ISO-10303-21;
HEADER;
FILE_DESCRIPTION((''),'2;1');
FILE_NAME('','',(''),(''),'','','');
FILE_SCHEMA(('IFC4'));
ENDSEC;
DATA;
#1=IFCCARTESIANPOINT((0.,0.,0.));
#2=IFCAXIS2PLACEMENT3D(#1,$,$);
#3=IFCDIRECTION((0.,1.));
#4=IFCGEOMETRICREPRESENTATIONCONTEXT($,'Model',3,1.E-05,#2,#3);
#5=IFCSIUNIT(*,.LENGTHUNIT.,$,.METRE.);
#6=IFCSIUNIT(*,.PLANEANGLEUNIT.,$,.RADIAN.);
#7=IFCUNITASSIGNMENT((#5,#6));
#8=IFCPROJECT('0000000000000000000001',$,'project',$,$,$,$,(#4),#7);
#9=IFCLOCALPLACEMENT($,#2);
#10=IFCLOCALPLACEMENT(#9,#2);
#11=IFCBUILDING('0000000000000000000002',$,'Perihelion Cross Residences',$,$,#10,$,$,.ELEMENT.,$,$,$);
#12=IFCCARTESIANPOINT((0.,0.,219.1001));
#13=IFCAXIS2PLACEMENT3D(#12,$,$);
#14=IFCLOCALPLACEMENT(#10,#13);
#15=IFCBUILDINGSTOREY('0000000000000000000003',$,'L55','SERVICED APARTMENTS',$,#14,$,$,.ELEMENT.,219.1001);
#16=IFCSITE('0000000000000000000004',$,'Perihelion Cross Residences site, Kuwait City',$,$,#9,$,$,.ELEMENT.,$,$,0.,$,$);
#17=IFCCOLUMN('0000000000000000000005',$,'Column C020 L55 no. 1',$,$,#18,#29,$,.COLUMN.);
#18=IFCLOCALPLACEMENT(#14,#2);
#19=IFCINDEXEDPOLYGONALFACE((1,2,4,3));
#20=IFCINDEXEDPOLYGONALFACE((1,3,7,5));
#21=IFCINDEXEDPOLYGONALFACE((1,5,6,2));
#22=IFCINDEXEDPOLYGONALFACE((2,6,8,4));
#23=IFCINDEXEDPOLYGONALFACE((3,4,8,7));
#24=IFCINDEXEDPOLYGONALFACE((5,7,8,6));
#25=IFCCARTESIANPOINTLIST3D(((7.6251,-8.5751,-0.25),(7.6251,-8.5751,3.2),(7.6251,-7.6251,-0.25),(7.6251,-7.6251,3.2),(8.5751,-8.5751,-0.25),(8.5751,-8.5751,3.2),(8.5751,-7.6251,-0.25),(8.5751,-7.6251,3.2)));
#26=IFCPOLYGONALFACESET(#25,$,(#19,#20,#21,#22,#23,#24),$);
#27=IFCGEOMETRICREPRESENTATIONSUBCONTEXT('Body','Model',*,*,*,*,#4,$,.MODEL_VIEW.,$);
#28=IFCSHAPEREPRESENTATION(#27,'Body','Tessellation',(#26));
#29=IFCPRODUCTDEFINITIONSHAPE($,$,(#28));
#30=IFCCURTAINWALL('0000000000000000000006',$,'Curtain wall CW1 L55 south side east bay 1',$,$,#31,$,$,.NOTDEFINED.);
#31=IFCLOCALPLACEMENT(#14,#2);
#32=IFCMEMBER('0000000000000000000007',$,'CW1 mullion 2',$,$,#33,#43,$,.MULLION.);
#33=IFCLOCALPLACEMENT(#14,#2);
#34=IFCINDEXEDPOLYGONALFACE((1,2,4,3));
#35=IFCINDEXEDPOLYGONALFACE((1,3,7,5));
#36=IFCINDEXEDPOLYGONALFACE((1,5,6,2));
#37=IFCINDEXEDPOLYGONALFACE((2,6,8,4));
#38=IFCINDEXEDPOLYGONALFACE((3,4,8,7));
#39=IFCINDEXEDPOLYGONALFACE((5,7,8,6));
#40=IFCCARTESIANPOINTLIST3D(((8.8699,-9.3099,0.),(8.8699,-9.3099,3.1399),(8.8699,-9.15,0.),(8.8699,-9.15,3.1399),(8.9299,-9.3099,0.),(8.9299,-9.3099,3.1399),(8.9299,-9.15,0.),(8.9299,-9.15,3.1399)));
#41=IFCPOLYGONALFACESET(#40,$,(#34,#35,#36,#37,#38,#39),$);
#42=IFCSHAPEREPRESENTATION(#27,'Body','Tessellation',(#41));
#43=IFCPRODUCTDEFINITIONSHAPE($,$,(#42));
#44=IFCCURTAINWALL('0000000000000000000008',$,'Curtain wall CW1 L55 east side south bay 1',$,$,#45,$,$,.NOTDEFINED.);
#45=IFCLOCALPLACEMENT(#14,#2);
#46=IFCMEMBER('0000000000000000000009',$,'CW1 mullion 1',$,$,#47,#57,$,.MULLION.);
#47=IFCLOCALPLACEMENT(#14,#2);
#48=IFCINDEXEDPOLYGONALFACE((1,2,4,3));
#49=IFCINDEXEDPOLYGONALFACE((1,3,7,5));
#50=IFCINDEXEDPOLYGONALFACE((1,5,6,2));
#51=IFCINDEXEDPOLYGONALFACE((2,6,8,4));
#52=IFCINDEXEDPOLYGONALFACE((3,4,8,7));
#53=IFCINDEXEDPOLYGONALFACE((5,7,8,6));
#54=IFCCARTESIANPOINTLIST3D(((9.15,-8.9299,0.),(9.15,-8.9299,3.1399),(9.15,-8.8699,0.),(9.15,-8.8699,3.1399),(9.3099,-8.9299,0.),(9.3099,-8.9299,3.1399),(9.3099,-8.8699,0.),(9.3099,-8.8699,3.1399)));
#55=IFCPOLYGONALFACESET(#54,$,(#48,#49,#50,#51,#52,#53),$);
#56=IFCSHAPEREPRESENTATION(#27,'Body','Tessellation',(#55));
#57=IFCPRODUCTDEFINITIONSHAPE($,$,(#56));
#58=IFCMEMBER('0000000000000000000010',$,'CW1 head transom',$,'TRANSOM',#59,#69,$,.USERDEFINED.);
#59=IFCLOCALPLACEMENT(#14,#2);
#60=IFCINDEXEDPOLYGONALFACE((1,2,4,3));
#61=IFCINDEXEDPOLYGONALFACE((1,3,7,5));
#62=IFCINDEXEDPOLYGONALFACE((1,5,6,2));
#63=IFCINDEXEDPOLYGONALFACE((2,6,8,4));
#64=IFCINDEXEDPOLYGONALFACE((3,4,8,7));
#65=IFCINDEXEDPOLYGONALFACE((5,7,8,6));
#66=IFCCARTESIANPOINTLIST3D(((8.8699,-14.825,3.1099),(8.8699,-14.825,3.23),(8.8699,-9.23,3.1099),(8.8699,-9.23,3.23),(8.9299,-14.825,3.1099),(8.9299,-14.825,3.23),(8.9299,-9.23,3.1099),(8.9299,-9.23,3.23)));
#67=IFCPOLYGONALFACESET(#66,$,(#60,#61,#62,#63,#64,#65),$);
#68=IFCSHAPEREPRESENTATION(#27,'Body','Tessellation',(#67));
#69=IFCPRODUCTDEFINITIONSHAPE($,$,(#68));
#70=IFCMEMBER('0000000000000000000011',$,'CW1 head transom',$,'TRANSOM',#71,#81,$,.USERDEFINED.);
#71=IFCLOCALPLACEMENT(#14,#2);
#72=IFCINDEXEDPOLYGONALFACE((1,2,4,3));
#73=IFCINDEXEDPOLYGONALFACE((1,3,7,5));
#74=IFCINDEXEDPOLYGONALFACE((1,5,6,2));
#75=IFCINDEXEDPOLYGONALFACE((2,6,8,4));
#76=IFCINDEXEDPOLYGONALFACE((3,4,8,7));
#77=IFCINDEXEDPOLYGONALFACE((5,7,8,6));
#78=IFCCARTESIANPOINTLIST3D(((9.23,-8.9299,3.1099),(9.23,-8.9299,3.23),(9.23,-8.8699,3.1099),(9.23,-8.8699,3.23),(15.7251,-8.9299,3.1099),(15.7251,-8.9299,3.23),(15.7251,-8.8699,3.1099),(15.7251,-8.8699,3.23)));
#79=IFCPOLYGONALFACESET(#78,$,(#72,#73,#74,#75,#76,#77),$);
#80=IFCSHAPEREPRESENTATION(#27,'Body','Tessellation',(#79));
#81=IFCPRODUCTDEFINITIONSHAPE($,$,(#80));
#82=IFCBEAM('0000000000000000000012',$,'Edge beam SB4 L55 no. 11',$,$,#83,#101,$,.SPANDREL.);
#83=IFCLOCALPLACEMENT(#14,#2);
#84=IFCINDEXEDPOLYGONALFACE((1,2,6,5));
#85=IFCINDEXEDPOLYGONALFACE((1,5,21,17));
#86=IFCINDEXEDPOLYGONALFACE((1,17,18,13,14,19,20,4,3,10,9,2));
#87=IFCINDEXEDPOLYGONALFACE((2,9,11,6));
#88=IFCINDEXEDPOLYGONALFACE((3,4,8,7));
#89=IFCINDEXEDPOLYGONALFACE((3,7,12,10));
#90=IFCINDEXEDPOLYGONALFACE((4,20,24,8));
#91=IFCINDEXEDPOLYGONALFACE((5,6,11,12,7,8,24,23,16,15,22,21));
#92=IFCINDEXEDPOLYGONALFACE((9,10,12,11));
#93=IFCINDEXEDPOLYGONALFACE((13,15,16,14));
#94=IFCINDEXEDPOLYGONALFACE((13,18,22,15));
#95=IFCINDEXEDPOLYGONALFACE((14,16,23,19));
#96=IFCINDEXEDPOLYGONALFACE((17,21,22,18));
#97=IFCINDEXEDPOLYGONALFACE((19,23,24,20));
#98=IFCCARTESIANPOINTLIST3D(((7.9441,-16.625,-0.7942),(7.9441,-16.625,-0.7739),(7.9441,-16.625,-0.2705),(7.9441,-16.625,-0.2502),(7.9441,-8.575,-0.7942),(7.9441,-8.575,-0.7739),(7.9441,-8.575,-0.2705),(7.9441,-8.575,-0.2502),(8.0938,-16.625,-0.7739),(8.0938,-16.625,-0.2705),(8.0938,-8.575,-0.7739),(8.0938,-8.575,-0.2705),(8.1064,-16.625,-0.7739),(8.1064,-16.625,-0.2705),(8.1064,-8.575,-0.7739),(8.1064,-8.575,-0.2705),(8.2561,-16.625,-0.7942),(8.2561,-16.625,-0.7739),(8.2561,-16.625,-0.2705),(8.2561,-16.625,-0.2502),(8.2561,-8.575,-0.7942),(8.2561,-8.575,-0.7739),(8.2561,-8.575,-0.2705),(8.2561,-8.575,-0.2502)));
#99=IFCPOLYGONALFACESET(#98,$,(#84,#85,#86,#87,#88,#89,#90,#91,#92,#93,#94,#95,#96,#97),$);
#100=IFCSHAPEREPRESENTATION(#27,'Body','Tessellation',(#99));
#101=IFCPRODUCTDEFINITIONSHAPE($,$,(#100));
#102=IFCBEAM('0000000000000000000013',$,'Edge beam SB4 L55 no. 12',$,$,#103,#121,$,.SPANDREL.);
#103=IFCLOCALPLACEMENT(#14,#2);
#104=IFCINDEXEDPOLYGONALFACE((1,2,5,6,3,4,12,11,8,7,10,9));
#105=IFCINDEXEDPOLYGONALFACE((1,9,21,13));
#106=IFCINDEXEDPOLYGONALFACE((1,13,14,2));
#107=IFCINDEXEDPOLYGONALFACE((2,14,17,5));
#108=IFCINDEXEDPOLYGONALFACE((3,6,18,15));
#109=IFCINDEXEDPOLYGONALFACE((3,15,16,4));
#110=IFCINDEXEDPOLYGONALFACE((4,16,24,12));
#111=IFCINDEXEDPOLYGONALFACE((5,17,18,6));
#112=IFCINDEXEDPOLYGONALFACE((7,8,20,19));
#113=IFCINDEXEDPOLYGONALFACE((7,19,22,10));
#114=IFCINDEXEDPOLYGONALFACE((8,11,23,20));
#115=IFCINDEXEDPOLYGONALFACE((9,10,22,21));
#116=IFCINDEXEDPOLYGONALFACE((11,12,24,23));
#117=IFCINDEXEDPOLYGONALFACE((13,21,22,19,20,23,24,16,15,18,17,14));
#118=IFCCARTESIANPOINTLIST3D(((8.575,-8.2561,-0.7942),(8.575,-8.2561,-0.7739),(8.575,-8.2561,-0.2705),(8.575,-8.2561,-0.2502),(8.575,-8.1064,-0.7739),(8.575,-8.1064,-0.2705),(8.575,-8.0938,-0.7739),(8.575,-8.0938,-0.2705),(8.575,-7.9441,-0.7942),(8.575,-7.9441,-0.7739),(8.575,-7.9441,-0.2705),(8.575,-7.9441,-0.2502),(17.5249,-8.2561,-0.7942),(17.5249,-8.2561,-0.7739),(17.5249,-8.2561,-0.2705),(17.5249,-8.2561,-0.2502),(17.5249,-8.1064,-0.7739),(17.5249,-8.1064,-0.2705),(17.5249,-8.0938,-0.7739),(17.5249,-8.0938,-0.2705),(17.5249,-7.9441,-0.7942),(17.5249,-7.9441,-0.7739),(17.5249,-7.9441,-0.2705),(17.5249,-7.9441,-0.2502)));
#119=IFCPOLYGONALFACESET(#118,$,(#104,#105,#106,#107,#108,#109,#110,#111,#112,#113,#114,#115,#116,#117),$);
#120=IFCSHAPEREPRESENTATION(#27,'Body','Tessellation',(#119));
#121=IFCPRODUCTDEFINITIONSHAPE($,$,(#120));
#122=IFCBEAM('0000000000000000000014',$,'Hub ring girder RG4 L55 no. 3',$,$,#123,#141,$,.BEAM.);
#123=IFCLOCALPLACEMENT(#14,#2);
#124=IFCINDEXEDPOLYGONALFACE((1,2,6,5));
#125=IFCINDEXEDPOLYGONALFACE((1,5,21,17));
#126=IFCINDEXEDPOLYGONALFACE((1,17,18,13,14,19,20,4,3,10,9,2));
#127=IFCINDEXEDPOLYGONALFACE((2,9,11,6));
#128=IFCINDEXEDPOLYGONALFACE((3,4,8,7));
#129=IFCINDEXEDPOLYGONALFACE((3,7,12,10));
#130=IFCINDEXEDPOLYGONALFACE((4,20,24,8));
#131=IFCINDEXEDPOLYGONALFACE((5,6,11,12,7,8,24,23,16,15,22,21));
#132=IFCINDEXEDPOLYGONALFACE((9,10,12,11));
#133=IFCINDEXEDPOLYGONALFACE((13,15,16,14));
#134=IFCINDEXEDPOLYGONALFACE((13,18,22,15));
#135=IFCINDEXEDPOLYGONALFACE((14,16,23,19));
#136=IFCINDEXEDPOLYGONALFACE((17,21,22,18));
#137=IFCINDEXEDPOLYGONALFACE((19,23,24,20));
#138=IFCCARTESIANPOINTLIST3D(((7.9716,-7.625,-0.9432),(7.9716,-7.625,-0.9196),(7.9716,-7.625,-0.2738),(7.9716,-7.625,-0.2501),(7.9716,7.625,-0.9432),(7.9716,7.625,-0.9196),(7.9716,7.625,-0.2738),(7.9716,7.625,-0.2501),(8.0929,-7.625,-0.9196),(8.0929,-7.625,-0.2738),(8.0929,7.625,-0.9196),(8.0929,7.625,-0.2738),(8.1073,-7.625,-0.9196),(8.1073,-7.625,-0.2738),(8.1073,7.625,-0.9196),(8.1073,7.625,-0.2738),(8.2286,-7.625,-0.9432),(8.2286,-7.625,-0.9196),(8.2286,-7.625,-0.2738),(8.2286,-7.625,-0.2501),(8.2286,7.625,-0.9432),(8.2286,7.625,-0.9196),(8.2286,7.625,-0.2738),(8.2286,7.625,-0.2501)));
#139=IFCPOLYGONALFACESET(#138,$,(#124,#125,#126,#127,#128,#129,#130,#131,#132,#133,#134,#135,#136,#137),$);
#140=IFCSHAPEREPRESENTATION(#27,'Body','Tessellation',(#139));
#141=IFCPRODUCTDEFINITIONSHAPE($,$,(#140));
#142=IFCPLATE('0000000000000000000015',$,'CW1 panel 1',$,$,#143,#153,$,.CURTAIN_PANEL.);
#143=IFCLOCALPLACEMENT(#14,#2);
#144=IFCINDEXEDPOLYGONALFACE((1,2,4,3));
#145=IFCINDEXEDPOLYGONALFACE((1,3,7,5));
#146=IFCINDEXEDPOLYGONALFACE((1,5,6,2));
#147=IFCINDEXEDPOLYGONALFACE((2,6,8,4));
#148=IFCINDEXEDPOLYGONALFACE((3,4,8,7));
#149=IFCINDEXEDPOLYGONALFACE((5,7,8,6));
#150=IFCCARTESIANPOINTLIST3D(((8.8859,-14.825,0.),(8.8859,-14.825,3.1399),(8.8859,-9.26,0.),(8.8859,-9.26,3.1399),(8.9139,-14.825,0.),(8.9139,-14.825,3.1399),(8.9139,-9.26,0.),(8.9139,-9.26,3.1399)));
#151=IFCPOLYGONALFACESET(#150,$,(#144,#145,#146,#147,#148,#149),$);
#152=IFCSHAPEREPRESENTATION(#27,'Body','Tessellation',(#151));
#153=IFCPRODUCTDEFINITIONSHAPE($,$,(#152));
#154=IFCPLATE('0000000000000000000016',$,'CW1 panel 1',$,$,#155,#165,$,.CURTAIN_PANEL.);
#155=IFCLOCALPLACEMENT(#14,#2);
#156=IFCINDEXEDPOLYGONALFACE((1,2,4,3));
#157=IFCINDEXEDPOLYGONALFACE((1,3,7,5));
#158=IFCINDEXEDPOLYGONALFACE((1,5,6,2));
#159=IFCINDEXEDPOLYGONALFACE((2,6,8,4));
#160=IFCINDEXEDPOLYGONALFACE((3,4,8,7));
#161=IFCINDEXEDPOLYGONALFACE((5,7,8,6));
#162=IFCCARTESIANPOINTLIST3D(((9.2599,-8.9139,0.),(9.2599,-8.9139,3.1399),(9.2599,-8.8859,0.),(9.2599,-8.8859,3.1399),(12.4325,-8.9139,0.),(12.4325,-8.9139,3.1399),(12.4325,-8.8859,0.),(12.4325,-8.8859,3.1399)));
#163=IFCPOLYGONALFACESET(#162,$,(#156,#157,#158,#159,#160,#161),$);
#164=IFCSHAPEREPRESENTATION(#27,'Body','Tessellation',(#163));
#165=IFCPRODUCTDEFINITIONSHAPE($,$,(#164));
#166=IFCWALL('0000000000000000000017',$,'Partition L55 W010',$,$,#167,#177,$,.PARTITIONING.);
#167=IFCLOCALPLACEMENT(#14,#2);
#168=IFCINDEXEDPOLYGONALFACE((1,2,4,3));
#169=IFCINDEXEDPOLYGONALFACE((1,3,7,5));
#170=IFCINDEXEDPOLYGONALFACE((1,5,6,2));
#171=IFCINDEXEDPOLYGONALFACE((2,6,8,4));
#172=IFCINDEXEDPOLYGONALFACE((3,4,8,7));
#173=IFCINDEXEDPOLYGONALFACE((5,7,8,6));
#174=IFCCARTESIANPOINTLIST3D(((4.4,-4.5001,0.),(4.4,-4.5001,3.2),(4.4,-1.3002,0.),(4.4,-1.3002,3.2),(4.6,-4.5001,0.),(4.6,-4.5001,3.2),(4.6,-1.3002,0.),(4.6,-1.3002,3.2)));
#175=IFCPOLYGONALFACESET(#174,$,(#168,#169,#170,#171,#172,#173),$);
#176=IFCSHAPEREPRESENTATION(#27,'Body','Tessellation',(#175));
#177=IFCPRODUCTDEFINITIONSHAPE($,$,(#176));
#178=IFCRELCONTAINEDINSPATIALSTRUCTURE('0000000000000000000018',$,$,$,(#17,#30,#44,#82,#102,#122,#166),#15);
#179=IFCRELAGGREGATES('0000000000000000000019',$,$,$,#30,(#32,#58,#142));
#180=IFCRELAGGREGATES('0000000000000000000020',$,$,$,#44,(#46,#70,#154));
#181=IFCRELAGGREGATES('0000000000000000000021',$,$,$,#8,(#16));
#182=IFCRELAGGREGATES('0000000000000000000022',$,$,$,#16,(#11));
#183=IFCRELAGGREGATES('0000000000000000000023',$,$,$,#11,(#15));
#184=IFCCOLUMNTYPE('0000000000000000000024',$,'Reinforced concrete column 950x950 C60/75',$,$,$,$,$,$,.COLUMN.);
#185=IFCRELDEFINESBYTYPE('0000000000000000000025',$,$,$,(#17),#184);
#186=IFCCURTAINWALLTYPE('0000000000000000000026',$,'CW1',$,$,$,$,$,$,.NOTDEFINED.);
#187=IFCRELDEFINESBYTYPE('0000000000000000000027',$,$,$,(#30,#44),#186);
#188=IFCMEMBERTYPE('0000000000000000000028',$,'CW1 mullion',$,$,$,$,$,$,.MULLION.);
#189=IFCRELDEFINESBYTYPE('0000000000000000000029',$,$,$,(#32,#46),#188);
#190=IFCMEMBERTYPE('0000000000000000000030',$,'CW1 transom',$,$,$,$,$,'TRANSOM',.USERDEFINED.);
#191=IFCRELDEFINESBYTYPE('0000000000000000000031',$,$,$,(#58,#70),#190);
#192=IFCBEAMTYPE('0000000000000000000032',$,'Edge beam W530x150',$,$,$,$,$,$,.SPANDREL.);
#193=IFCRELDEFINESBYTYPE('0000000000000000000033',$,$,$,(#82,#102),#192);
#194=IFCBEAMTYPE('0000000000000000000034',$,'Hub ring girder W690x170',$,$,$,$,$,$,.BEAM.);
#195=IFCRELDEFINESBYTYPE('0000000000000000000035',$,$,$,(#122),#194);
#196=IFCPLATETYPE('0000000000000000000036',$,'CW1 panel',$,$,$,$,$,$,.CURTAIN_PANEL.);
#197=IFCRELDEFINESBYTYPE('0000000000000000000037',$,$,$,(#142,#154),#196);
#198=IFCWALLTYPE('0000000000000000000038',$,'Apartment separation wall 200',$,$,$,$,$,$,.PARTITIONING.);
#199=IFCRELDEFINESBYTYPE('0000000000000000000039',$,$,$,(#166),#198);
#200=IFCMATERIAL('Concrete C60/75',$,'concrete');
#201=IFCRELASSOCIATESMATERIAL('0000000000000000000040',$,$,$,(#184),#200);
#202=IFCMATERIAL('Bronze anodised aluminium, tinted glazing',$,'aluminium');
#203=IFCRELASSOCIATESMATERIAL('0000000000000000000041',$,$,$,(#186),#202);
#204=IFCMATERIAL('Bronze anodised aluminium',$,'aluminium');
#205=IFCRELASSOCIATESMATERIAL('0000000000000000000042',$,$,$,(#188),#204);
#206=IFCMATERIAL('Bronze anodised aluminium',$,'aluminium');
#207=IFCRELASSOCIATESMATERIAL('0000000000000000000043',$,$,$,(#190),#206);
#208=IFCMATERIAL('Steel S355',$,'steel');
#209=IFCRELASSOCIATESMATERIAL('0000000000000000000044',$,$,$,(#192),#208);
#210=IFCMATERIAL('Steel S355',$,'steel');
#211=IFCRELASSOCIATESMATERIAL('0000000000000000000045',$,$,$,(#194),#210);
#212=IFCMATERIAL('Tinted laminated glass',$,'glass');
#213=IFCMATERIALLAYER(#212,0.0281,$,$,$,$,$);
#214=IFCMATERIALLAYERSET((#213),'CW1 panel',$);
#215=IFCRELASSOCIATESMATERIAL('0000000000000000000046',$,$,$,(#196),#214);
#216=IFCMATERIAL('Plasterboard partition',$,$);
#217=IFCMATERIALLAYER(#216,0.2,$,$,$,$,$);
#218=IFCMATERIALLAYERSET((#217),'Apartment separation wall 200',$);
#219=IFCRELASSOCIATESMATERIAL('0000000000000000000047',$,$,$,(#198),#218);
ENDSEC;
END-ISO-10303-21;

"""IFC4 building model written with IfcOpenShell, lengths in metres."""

from ifc_helpers import new_model, si_unit, direction, frame, frame_2d, origin, origin_2d, place, context, subcontext, project, spatial, rectangle, i_section, extrude, material, layer, layer_set, material_profile, profile_set, type_object, element, aggregate, save


model = new_model("IFC4")

# Units and contexts
model_context = context("Model", 3, precision=1e-05, world=origin(), true_north=direction((0.0, 1.0)))
body_context = subcontext(model_context, "Body", "Model", "MODEL_VIEW")
ifc_project = project(units=[si_unit("LENGTHUNIT", "METRE"), si_unit("PLANEANGLEUNIT", "RADIAN")], contexts=[model_context])

# Site, building, storey
site_placement = place(None, origin())
site = spatial("IfcSite", under=ifc_project, at=site_placement, Name="Perihelion Cross Residences site, Kuwait City", CompositionType="ELEMENT", RefElevation=0.0)
building_placement = place(site_placement, origin())
building = spatial("IfcBuilding", under=site, at=building_placement, Name="Perihelion Cross Residences", CompositionType="ELEMENT")
storey_placement = place(building_placement, frame((0.0, 0.0, 219.1001)))
storey = spatial("IfcBuildingStorey", under=building, at=storey_placement, Name="L55", Description="SERVICED APARTMENTS", CompositionType="ELEMENT", Elevation=219.1001)

# Column
ifc_material_1 = material(Name="Concrete C60/75", Category="concrete")
ifc_material_profile_1 = material_profile(ifc_material_1, rectangle(XDim=0.95, YDim=0.95, at=origin_2d()), Name="RC 950x950")
ifc_profile_set_1 = profile_set([ifc_material_profile_1], Name="Concrete C60/75")
column_type = type_object("IfcColumnType", Name="Reinforced concrete column 950x950 C60/75", PredefinedType="COLUMN", material=ifc_profile_set_1)
column_placement = place(storey_placement, frame((8.1001, -8.1001, -0.25), z_axis=(0.0, 0.0, 1.0), x_axis=(1.0, 0.0, 0.0)))
element("IfcColumn", 1, at=column_placement, inside=storey, type_object=column_type, Name="Column C020 L55 no. 1", PredefinedType="COLUMN", context=body_context, shape_type="SweptSolid", body=[
    extrude(rectangle(XDim=0.95, YDim=0.95, at=origin_2d()), origin(), (0.0, 0.0, 1.0), 3.45),
])

# Curtain walls, members
ifc_material_2 = material(Name="Bronze anodised aluminium, tinted glazing", Category="aluminium")
curtain_wall_type = type_object("IfcCurtainWallType", Name="CW1", PredefinedType="NOTDEFINED", material=ifc_material_2)
curtain_wall_1_placement = place(storey_placement, origin())
curtain_wall_1 = element("IfcCurtainWall", 2, at=curtain_wall_1_placement, inside=storey, type_object=curtain_wall_type, Name="Curtain wall CW1 L55 south side east bay 1", PredefinedType="NOTDEFINED")
ifc_material_3 = material(Name="Bronze anodised aluminium", Category="aluminium")
ifc_material_profile_2 = material_profile(ifc_material_3, rectangle(XDim=0.0601, YDim=0.1599, at=origin_2d()), Name="CW1 mullion")
ifc_profile_set_2 = profile_set([ifc_material_profile_2], Name="Bronze anodised aluminium")
member_type_1 = type_object("IfcMemberType", Name="CW1 mullion", PredefinedType="MULLION", material=ifc_profile_set_2)
member_1_placement = place(storey_placement, frame((8.8999, -9.23, 0.0), z_axis=(0.0, 0.0, 1.0), x_axis=(-1.0, 0.0, 0.0)))
member_1 = element("IfcMember", 3, at=member_1_placement, type_object=member_type_1, Name="CW1 mullion 2", PredefinedType="MULLION", context=body_context, shape_type="SweptSolid", body=[
    extrude(rectangle(XDim=0.0601, YDim=0.1599, at=origin_2d()), origin(), (0.0, 0.0, 1.0), 3.1399),
])
curtain_wall_2_placement = place(storey_placement, origin())
curtain_wall_2 = element("IfcCurtainWall", 4, at=curtain_wall_2_placement, inside=storey, type_object=curtain_wall_type, Name="Curtain wall CW1 L55 east side south bay 1", PredefinedType="NOTDEFINED")
member_2_placement = place(storey_placement, frame((9.23, -8.8999, 0.0), z_axis=(0.0, 0.0, 1.0), x_axis=(0.0, 1.0, 0.0)))
member_2 = element("IfcMember", 5, at=member_2_placement, type_object=member_type_1, Name="CW1 mullion 1", PredefinedType="MULLION", context=body_context, shape_type="SweptSolid", body=[
    extrude(rectangle(XDim=0.0601, YDim=0.1599, at=origin_2d()), origin(), (0.0, 0.0, 1.0), 3.1399),
])

# Members
ifc_material_4 = material(Name="Bronze anodised aluminium", Category="aluminium")
ifc_material_profile_3 = material_profile(ifc_material_4, rectangle(XDim=0.0601, YDim=0.1201, at=origin_2d()), Name="CW1 transom")
ifc_profile_set_3 = profile_set([ifc_material_profile_3], Name="Bronze anodised aluminium")
member_type_2 = type_object("IfcMemberType", Name="CW1 transom", ElementType="TRANSOM", PredefinedType="USERDEFINED", material=ifc_profile_set_3)
member_3_placement = place(storey_placement, frame((8.8999, -14.825, 3.1699), z_axis=(0.0, 1.0, 0.0), x_axis=(-1.0, 0.0, 0.0)))
member_3 = element("IfcMember", 6, at=member_3_placement, type_object=member_type_2, Name="CW1 head transom", ObjectType="TRANSOM", PredefinedType="USERDEFINED", context=body_context, shape_type="SweptSolid", body=[
    extrude(rectangle(XDim=0.0601, YDim=0.1201, at=origin_2d()), origin(), (0.0, 0.0, 1.0), 5.595),
])
member_4_placement = place(storey_placement, frame((9.23, -8.8999, 3.1699), z_axis=(1.0, 0.0, 0.0), x_axis=(0.0, 1.0, 0.0)))
member_4 = element("IfcMember", 7, at=member_4_placement, type_object=member_type_2, Name="CW1 head transom", ObjectType="TRANSOM", PredefinedType="USERDEFINED", context=body_context, shape_type="SweptSolid", body=[
    extrude(rectangle(XDim=0.0601, YDim=0.1201, at=origin_2d()), origin(), (0.0, 0.0, 1.0), 6.4951),
])

# Beams
ifc_material_5 = material(Name="Steel S355", Category="steel")
ifc_material_profile_4 = material_profile(ifc_material_5, i_section(OverallWidth=0.312, OverallDepth=0.5439, WebThickness=0.0127, FlangeThickness=0.0203, at=origin_2d()), Name="W530x150")
ifc_profile_set_4 = profile_set([ifc_material_profile_4], Name="Steel S355")
beam_type_1 = type_object("IfcBeamType", Name="Edge beam W530x150", PredefinedType="SPANDREL", material=ifc_profile_set_4)
beam_1_placement = place(storey_placement, frame((8.1001, -16.625, -0.5222), z_axis=(0.0, 1.0, 0.0), x_axis=(-1.0, 0.0, 0.0)))
element("IfcBeam", 8, at=beam_1_placement, inside=storey, type_object=beam_type_1, Name="Edge beam SB4 L55 no. 11", PredefinedType="SPANDREL", context=body_context, shape_type="SweptSolid", body=[
    extrude(i_section(OverallWidth=0.312, OverallDepth=0.5439, WebThickness=0.0127, FlangeThickness=0.0203, at=origin_2d()), origin(), (0.0, 0.0, 1.0), 8.05),
])
beam_2_placement = place(storey_placement, frame((8.575, -8.1001, -0.5222), z_axis=(1.0, 0.0, 0.0), x_axis=(0.0, 1.0, 0.0)))
element("IfcBeam", 9, at=beam_2_placement, inside=storey, type_object=beam_type_1, Name="Edge beam SB4 L55 no. 12", PredefinedType="SPANDREL", context=body_context, shape_type="SweptSolid", body=[
    extrude(i_section(OverallWidth=0.312, OverallDepth=0.5439, WebThickness=0.0127, FlangeThickness=0.0203, at=origin_2d()), origin(), (0.0, 0.0, 1.0), 8.95),
])
ifc_material_6 = material(Name="Steel S355", Category="steel")
ifc_material_profile_5 = material_profile(ifc_material_6, i_section(OverallWidth=0.2571, OverallDepth=0.6931, WebThickness=0.0144, FlangeThickness=0.0237, at=origin_2d()), Name="W690x170")
ifc_profile_set_5 = profile_set([ifc_material_profile_5], Name="Steel S355")
beam_type_2 = type_object("IfcBeamType", Name="Hub ring girder W690x170", PredefinedType="BEAM", material=ifc_profile_set_5)
beam_3_placement = place(storey_placement, frame((8.1001, -7.625, -0.5967), z_axis=(0.0, 1.0, 0.0), x_axis=(-1.0, 0.0, 0.0)))
element("IfcBeam", 10, at=beam_3_placement, inside=storey, type_object=beam_type_2, Name="Hub ring girder RG4 L55 no. 3", PredefinedType="BEAM", context=body_context, shape_type="SweptSolid", body=[
    extrude(i_section(OverallWidth=0.2571, OverallDepth=0.6931, WebThickness=0.0144, FlangeThickness=0.0237, at=origin_2d()), origin(), (0.0, 0.0, 1.0), 15.25),
])

# Plates
ifc_material_7 = material(Name="Tinted laminated glass", Category="glass")
ifc_layer_1 = layer(ifc_material_7, 0.0281)
ifc_layer_set_1 = layer_set([ifc_layer_1], Name="CW1 panel")
plate_type = type_object("IfcPlateType", Name="CW1 panel", PredefinedType="CURTAIN_PANEL", material=ifc_layer_set_1)
plate_1_placement = place(storey_placement, frame((8.8999, -12.0425, 0.0), z_axis=(0.0, 0.0, 1.0), x_axis=(0.0, 1.0, 0.0)))
plate_1 = element("IfcPlate", 11, at=plate_1_placement, type_object=plate_type, Name="CW1 panel 1", PredefinedType="CURTAIN_PANEL", context=body_context, shape_type="SweptSolid", body=[
    extrude(rectangle(XDim=5.5649, YDim=0.0281, at=origin_2d()), origin(), (0.0, 0.0, 1.0), 3.1399),
])
aggregate(curtain_wall_1, [member_1, member_3, plate_1])
plate_2_placement = place(storey_placement, frame((10.8462, -8.8999, 0.0), z_axis=(0.0, 0.0, 1.0), x_axis=(1.0, 0.0, 0.0)))
plate_2 = element("IfcPlate", 12, at=plate_2_placement, type_object=plate_type, Name="CW1 panel 1", PredefinedType="CURTAIN_PANEL", context=body_context, shape_type="SweptSolid", body=[
    extrude(rectangle(XDim=3.1726, YDim=0.0281, at=origin_2d()), origin(), (0.0, 0.0, 1.0), 3.1399),
])
aggregate(curtain_wall_2, [member_2, member_4, plate_2])

# Wall
ifc_material_8 = material(Name="Plasterboard partition")
ifc_layer_2 = layer(ifc_material_8, 0.2)
ifc_layer_set_2 = layer_set([ifc_layer_2], Name="Apartment separation wall 200")
wall_type_1 = type_object("IfcWallType", Name="Apartment separation wall 200", PredefinedType="PARTITIONING", material=ifc_layer_set_2)
wall_1_placement = place(storey_placement, frame((4.5, -1.3, 0.0), z_axis=(0.0, 0.0, 1.0), x_axis=(0.0, -1.0, 0.0)))
element("IfcWall", 13, at=wall_1_placement, inside=storey, type_object=wall_type_1, Name="Partition L55 W010", PredefinedType="PARTITIONING", context=body_context, shape_type="SweptSolid", body=[
    extrude(rectangle(XDim=3.2, YDim=0.2, at=frame_2d((1.6001, 0.0))), origin(), (0.0, 0.0, 1.0), 3.2),
])

save(model, "model.ifc")
